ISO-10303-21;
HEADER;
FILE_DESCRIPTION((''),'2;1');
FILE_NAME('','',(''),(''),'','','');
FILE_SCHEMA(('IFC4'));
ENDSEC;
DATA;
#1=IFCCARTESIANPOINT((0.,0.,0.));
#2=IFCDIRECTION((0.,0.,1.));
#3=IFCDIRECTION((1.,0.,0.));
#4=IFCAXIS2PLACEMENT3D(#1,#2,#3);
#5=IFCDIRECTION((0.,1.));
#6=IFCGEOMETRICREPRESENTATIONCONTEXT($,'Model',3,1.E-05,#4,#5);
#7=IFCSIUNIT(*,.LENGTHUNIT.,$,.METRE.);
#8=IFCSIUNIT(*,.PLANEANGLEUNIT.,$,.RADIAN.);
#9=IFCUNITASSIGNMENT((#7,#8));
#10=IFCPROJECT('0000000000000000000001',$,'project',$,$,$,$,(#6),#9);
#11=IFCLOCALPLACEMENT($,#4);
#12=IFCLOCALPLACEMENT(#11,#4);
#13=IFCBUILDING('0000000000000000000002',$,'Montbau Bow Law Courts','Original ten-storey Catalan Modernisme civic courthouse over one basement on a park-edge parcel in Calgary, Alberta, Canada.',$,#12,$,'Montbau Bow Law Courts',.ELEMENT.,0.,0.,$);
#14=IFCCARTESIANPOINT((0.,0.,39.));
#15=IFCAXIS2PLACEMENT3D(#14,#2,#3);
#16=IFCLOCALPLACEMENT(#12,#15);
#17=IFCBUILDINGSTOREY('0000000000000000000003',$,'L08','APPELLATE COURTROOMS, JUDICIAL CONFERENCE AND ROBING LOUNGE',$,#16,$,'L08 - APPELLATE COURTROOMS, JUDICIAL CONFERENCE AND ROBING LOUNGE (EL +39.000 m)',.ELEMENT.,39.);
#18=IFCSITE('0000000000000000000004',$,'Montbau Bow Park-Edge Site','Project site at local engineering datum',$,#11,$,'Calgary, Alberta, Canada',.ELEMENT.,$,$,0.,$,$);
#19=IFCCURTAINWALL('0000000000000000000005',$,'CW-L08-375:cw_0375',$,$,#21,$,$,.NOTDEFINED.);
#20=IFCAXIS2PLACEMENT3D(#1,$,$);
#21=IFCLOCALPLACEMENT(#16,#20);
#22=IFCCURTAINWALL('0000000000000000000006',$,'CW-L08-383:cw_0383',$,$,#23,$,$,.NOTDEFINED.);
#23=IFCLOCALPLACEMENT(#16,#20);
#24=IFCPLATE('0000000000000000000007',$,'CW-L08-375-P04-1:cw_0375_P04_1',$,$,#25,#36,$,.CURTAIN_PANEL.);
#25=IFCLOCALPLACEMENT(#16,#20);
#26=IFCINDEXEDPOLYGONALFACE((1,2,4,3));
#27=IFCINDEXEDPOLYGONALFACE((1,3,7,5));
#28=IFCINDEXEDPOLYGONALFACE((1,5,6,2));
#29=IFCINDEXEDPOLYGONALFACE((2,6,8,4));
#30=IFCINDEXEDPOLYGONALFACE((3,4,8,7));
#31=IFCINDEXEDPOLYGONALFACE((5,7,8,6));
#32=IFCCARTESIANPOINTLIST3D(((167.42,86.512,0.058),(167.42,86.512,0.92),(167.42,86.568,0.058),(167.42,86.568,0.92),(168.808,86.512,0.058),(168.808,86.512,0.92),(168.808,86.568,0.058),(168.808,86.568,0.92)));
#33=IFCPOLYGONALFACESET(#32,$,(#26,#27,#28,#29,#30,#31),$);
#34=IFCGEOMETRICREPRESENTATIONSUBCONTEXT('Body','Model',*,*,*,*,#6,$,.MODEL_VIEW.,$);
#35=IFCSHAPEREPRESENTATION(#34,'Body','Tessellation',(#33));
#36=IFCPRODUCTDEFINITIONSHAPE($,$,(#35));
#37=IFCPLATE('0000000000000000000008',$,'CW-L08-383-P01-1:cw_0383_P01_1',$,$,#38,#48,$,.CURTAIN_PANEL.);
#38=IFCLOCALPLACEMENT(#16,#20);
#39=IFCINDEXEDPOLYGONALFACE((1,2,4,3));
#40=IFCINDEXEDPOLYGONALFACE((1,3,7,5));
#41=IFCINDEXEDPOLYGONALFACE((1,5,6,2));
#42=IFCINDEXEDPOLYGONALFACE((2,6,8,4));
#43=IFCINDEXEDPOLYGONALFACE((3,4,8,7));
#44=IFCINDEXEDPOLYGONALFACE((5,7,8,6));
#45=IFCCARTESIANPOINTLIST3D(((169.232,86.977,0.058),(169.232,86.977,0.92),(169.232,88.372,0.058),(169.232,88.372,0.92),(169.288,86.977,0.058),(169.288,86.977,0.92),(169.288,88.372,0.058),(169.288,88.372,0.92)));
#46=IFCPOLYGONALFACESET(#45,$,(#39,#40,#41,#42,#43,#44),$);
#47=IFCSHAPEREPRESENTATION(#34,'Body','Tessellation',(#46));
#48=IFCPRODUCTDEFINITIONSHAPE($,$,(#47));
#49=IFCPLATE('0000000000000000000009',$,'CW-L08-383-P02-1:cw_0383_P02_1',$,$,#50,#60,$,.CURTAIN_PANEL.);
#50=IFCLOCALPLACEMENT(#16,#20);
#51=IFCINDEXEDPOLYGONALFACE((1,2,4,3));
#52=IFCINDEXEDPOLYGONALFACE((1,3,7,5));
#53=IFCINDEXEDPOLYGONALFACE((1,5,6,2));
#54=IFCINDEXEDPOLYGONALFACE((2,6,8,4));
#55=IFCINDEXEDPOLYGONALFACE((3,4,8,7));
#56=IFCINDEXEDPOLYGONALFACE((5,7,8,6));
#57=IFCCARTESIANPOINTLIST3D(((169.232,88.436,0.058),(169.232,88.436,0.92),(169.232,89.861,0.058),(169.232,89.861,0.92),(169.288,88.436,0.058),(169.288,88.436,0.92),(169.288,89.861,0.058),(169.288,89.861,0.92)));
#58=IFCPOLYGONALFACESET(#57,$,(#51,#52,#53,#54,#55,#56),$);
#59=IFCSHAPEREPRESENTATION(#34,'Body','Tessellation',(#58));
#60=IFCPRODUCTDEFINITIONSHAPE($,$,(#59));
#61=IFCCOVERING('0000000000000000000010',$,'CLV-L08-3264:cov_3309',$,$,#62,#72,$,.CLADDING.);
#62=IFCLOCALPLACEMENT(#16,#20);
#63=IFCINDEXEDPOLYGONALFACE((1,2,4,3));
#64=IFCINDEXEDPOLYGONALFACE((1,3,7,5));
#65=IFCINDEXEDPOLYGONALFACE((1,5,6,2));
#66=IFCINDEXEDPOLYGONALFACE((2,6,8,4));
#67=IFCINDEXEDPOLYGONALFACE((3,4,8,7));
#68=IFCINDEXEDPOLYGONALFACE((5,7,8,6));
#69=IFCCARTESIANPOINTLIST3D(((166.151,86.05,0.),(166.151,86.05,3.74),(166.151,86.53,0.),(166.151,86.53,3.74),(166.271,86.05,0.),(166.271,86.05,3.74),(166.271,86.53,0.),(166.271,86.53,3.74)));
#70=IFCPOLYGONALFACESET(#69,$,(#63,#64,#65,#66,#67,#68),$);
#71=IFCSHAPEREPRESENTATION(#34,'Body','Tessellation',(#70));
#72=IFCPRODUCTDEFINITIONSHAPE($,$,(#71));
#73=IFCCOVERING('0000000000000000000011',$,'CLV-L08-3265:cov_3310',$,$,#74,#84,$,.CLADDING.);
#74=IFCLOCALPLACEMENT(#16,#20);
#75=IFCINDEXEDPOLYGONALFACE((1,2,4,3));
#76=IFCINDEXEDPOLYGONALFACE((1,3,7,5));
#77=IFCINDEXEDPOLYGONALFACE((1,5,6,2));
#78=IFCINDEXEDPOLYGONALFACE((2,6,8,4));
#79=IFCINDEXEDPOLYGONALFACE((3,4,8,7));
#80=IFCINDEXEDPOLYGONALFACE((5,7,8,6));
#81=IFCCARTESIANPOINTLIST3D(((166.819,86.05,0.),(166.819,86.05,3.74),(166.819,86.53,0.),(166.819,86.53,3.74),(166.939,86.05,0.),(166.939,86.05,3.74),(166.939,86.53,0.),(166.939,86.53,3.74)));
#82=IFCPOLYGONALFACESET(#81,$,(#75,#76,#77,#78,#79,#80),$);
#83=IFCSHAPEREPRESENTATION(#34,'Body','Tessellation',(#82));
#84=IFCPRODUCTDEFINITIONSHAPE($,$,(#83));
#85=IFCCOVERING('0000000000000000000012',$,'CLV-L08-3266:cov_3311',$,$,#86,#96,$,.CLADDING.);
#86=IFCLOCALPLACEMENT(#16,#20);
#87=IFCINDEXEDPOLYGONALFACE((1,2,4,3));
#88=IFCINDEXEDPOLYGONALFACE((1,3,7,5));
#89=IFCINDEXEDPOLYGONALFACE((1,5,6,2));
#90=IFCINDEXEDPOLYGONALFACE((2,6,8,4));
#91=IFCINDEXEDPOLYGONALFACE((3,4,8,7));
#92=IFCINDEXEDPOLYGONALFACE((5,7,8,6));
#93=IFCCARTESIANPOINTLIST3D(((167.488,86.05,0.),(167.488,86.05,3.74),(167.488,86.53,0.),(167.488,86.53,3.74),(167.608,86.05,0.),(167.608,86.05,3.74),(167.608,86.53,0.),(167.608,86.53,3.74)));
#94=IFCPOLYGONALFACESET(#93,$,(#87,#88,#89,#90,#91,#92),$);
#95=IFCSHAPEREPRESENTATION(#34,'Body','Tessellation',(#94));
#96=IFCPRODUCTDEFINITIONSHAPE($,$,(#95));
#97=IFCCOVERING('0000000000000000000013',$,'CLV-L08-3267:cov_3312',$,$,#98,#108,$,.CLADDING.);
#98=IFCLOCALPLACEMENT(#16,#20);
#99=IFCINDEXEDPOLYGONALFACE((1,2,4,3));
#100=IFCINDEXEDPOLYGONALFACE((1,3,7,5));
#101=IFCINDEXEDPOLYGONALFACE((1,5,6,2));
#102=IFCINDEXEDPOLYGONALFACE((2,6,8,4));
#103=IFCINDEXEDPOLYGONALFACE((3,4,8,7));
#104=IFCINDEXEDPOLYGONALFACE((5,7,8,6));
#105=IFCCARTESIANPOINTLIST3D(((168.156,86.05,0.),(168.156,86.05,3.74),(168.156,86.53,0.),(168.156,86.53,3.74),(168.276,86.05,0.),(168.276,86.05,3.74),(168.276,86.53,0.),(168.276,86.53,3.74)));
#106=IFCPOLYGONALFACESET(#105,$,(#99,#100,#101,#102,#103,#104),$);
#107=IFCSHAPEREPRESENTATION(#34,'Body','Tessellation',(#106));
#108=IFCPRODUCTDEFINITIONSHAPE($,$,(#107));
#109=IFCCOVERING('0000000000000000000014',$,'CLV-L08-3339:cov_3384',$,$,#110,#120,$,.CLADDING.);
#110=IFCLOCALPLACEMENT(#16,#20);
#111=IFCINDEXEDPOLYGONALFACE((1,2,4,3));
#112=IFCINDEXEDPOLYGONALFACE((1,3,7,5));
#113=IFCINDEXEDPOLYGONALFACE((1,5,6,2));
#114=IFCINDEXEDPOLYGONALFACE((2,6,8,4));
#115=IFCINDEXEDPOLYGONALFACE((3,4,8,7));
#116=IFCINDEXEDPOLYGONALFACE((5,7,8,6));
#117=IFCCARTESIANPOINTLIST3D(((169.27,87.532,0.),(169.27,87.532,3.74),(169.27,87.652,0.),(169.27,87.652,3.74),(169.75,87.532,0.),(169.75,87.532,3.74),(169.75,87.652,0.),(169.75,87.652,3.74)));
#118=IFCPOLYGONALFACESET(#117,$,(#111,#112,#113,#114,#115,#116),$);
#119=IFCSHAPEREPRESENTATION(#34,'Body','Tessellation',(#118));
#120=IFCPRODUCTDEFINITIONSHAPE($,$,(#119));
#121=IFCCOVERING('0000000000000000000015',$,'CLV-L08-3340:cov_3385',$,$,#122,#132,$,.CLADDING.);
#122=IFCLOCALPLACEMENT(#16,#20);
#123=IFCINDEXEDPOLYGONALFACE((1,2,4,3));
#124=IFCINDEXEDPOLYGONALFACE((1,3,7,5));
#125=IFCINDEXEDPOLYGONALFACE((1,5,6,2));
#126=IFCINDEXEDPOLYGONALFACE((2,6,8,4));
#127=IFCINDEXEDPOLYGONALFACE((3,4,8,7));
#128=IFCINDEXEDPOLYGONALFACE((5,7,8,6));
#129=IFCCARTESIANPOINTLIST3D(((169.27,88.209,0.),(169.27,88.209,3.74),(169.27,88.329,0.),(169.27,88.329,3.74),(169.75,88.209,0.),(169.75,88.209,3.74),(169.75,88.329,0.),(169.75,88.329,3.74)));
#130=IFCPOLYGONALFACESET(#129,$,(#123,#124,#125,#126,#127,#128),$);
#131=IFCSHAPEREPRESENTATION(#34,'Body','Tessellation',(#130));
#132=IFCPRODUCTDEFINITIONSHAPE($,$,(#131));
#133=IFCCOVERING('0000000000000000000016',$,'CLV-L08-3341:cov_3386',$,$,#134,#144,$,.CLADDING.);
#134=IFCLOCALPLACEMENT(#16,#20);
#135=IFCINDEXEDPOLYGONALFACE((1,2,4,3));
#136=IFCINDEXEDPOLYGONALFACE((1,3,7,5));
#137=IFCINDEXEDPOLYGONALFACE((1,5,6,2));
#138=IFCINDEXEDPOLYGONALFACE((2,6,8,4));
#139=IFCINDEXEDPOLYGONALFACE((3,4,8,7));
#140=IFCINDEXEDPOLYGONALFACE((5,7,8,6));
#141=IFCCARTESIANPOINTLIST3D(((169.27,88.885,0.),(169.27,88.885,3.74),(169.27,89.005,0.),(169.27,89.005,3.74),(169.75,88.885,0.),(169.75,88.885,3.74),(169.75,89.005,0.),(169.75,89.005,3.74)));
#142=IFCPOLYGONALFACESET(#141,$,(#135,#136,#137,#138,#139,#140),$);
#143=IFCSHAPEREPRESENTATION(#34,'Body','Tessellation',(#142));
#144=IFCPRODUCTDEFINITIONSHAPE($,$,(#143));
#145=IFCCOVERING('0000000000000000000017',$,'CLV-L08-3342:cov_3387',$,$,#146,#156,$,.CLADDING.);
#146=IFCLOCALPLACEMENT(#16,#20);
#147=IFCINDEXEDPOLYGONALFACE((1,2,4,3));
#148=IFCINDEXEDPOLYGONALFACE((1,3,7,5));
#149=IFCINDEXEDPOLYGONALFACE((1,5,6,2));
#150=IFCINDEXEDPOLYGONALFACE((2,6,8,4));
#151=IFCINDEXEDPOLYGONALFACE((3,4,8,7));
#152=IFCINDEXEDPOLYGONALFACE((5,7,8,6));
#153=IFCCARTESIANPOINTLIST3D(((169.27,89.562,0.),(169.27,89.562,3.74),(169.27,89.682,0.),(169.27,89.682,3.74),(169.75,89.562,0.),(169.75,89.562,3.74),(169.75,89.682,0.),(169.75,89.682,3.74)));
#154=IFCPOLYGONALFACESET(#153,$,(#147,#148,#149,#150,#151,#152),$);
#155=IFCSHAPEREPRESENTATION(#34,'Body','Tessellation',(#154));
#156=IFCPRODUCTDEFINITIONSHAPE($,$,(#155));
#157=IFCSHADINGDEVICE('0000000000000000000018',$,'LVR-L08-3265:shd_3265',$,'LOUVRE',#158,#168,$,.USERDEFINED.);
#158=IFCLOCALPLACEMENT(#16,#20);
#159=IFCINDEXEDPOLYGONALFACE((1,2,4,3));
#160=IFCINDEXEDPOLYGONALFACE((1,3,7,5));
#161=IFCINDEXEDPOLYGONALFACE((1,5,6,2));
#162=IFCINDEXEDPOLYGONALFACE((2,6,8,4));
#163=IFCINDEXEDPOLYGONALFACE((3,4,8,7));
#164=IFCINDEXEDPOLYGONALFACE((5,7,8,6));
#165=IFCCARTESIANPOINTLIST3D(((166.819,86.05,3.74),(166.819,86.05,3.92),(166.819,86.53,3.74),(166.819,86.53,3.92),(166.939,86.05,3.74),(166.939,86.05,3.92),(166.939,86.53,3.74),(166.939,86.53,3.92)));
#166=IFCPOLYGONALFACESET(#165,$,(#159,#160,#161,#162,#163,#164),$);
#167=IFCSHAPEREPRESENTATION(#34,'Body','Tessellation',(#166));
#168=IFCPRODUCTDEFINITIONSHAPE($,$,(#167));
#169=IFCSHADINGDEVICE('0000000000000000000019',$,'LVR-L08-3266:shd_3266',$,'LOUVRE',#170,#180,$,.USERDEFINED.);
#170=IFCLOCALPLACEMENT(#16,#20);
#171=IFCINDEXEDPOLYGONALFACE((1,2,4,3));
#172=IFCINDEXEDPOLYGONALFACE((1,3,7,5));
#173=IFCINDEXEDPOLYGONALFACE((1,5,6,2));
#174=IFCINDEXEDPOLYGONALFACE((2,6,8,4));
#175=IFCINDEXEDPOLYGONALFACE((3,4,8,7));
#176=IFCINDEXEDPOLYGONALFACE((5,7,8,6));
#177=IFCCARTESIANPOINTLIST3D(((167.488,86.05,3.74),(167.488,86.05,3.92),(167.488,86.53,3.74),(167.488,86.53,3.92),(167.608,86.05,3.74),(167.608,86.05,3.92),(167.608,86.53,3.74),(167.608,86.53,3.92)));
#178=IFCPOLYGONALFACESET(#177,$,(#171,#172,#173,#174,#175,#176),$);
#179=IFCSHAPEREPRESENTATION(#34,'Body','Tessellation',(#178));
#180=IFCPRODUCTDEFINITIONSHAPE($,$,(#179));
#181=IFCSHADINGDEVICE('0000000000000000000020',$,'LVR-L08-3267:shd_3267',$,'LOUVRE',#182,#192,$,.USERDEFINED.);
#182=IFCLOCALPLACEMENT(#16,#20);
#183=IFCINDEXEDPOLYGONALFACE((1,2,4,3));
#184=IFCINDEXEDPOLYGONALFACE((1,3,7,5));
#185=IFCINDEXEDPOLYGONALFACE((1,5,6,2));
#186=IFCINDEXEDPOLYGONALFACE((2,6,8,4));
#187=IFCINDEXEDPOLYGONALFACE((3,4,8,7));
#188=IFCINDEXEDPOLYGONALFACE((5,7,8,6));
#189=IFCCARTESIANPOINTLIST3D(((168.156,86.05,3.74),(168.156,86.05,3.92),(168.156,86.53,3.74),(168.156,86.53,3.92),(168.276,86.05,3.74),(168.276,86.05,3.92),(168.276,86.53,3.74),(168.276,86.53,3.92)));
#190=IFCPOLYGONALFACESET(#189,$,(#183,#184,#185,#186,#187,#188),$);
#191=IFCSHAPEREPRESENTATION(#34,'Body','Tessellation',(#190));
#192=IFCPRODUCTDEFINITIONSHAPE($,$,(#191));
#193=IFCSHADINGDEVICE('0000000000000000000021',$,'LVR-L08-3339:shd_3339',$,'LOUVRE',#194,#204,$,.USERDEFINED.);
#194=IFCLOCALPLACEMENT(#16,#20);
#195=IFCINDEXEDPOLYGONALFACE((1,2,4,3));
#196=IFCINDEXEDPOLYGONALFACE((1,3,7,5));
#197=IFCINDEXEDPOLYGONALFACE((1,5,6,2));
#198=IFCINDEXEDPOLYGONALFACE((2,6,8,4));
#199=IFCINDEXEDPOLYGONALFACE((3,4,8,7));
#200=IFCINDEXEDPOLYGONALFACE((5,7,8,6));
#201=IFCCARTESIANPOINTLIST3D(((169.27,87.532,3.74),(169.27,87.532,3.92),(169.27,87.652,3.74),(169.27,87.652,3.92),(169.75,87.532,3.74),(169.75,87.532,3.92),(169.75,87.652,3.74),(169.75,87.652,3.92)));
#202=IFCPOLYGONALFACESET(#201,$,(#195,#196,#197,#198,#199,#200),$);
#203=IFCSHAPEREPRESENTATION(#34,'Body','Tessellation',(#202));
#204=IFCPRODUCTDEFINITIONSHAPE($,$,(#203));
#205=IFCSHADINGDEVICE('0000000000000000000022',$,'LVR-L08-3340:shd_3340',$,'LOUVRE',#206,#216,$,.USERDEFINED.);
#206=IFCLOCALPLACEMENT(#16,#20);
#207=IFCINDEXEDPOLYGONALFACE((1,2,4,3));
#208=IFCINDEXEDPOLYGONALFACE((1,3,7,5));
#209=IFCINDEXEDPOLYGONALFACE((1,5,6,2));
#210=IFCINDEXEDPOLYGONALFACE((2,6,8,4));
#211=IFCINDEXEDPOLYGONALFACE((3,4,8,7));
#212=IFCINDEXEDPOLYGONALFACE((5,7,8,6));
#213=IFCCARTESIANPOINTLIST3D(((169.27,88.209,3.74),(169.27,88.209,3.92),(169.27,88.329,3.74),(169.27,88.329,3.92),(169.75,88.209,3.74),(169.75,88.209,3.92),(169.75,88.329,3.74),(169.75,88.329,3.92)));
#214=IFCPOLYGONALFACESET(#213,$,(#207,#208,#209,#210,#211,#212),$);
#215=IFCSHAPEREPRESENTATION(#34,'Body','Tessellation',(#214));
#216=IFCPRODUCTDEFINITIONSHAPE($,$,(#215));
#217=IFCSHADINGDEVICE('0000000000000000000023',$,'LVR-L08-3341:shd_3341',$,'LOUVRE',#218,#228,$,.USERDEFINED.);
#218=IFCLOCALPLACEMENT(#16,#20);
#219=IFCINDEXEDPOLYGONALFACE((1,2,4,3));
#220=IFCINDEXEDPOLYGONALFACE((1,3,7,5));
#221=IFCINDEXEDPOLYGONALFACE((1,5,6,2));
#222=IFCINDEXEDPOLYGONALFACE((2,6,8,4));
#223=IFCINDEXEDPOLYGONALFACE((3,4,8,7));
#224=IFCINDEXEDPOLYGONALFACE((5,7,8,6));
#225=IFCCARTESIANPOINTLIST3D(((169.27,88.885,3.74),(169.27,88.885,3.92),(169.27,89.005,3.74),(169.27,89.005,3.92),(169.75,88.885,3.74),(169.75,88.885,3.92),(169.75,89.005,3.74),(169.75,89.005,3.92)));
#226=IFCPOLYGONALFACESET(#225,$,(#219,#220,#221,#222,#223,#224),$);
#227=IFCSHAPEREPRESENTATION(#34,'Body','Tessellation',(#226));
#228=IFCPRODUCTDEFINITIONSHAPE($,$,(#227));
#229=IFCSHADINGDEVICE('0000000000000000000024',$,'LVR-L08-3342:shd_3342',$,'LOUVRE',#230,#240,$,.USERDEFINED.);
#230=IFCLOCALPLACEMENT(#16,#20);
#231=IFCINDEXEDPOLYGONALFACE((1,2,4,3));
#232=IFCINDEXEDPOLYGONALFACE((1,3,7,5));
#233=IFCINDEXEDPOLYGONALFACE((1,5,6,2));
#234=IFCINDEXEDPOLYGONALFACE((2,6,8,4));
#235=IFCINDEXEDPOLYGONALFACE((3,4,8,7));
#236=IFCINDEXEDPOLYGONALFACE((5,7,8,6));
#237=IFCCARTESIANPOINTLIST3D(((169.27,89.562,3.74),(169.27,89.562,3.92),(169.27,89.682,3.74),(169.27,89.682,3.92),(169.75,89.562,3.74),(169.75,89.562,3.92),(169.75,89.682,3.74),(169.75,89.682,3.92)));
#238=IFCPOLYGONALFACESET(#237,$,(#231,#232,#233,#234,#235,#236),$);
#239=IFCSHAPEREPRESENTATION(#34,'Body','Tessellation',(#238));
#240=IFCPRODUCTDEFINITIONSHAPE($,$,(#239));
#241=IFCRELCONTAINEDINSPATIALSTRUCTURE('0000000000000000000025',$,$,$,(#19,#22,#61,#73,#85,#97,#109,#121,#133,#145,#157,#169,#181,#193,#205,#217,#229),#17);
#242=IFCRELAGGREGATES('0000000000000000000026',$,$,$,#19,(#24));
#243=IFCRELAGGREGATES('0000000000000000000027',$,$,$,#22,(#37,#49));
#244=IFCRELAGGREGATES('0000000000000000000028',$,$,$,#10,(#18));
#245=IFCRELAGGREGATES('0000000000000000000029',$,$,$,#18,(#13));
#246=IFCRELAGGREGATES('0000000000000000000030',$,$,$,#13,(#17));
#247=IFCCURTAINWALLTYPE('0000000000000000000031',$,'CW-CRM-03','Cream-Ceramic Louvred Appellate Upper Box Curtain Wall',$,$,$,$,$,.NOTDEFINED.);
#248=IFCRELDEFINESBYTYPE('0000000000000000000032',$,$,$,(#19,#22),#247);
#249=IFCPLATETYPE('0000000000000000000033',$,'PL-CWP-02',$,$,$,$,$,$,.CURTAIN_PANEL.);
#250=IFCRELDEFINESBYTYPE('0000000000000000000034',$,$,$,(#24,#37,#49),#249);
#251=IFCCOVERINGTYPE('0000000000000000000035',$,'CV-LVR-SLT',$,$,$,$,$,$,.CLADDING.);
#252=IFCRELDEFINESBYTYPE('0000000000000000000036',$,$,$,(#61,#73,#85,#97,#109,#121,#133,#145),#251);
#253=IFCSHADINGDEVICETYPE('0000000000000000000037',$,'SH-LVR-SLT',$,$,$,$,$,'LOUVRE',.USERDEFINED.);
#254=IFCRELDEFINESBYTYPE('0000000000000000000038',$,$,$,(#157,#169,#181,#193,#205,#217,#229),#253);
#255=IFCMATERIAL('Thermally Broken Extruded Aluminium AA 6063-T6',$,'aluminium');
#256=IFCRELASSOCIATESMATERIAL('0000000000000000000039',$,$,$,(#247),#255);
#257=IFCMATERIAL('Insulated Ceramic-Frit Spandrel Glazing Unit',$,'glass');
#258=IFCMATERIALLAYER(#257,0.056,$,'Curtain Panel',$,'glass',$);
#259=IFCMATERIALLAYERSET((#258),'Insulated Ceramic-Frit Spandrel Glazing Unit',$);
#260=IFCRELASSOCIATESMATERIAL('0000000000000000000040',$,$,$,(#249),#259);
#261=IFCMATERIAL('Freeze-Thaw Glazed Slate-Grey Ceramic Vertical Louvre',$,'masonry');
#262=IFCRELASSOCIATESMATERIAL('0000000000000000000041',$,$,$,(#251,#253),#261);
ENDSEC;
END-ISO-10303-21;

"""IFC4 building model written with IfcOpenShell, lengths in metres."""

from ifc_helpers import new_model, si_unit, direction, frame, frame_2d, origin_with_axes, origin_2d_with_axis, place, context, subcontext, project, spatial, rectangle, extrude, material, layer, layer_set, type_object, element, aggregate, save


model = new_model("IFC4")

# Units and contexts
model_context = context("Model", 3, precision=1e-05, world=origin_with_axes(), true_north=direction((0.0, 1.0)))
body_context = subcontext(model_context, "Body", "Model", "MODEL_VIEW")
ifc_project = project(units=[si_unit("LENGTHUNIT", "METRE"), si_unit("PLANEANGLEUNIT", "RADIAN")], contexts=[model_context])

# Site, building, storey
site_placement = place(None, origin_with_axes())
site = spatial("IfcSite", under=ifc_project, at=site_placement, Name="Montbau Bow Park-Edge Site", Description="Project site at local engineering datum", LongName="Calgary, Alberta, Canada", CompositionType="ELEMENT", RefElevation=0.0)
building_placement = place(site_placement, origin_with_axes())
building = spatial("IfcBuilding", under=site, at=building_placement, Name="Montbau Bow Law Courts", Description="Original ten-storey Catalan Modernisme civic courthouse over one basement on a park-edge parcel in Calgary, Alberta, Canada.", LongName="Montbau Bow Law Courts", CompositionType="ELEMENT", ElevationOfRefHeight=0.0, ElevationOfTerrain=0.0)
storey_placement = place(building_placement, frame((0.0, 0.0, 39.0), z_axis=(0.0, 0.0, 1.0), x_axis=(1.0, 0.0, 0.0)))
storey = spatial("IfcBuildingStorey", under=building, at=storey_placement, Name="L08", Description="APPELLATE COURTROOMS, JUDICIAL CONFERENCE AND ROBING LOUNGE", LongName="L08 - APPELLATE COURTROOMS, JUDICIAL CONFERENCE AND ROBING LOUNGE (EL +39.000 m)", CompositionType="ELEMENT", Elevation=39.0)

# Curtain walls
ifc_material_1 = material(Name="Thermally Broken Extruded Aluminium AA 6063-T6", Category="aluminium")
curtain_wall_type = type_object("IfcCurtainWallType", Name="CW-CRM-03", Description="Cream-Ceramic Louvred Appellate Upper Box Curtain Wall", PredefinedType="NOTDEFINED", material=ifc_material_1)
curtain_wall_1_placement = place(None, frame((162.868, 86.54, 39.0), z_axis=(0.0, 0.0, 1.0), x_axis=(1.0, 0.0, 0.0)))
curtain_wall_1 = element("IfcCurtainWall", 1, at=curtain_wall_1_placement, inside=storey, type_object=curtain_wall_type, Name="CW-L08-375:cw_0375", PredefinedType="NOTDEFINED")
curtain_wall_2_placement = place(None, frame((169.26, 86.915, 39.0), z_axis=(0.0, 0.0, 1.0), x_axis=(1.0, 0.0, 0.0)))
curtain_wall_2 = element("IfcCurtainWall", 2, at=curtain_wall_2_placement, inside=storey, type_object=curtain_wall_type, Name="CW-L08-383:cw_0383", PredefinedType="NOTDEFINED")

# Plates
ifc_material_2 = material(Name="Insulated Ceramic-Frit Spandrel Glazing Unit", Category="glass")
ifc_layer_1 = layer(ifc_material_2, 0.056, Name="Curtain Panel", Category="glass")
ifc_layer_set_1 = layer_set([ifc_layer_1], Name="Insulated Ceramic-Frit Spandrel Glazing Unit")
plate_type_1 = type_object("IfcPlateType", Name="PL-CWP-02", PredefinedType="CURTAIN_PANEL", material=ifc_layer_set_1)
plate_1_placement = place(None, frame((167.42, 86.54, 39.058), z_axis=(0.0, -1.0, 0.0), x_axis=(1.0, 0.0, 0.0)))
plate_1 = element("IfcPlate", 3, at=plate_1_placement, type_object=plate_type_1, Name="CW-L08-375-P04-1:cw_0375_P04_1", PredefinedType="CURTAIN_PANEL", context=body_context, shape_type="SweptSolid", body=[
    extrude(rectangle(XDim=1.388, YDim=0.862, at=frame_2d((0.694, 0.431), x_axis=(1.0, 0.0))), frame((0.0, 0.0, -0.028), z_axis=(0.0, 0.0, 1.0), x_axis=(1.0, 0.0, 0.0)), (0.0, 0.0, 1.0), 0.056),
])
aggregate(curtain_wall_1, [plate_1])
plate_2_placement = place(None, frame((169.26, 86.977, 39.058), z_axis=(1.0, 0.0, 0.0), x_axis=(0.0, 1.0, 0.0)))
plate_2 = element("IfcPlate", 4, at=plate_2_placement, type_object=plate_type_1, Name="CW-L08-383-P01-1:cw_0383_P01_1", PredefinedType="CURTAIN_PANEL", context=body_context, shape_type="SweptSolid", body=[
    extrude(rectangle(XDim=1.395, YDim=0.862, at=frame_2d((0.6975, 0.431), x_axis=(1.0, 0.0))), frame((0.0, 0.0, -0.028), z_axis=(0.0, 0.0, 1.0), x_axis=(1.0, 0.0, 0.0)), (0.0, 0.0, 1.0), 0.056),
])
plate_3_placement = place(None, frame((169.26, 88.436, 39.058), z_axis=(1.0, 0.0, 0.0), x_axis=(0.0, 1.0, 0.0)))
plate_3 = element("IfcPlate", 5, at=plate_3_placement, type_object=plate_type_1, Name="CW-L08-383-P02-1:cw_0383_P02_1", PredefinedType="CURTAIN_PANEL", context=body_context, shape_type="SweptSolid", body=[
    extrude(rectangle(XDim=1.425, YDim=0.862, at=frame_2d((0.7125, 0.431), x_axis=(1.0, 0.0))), frame((0.0, 0.0, -0.028), z_axis=(0.0, 0.0, 1.0), x_axis=(1.0, 0.0, 0.0)), (0.0, 0.0, 1.0), 0.056),
])
aggregate(curtain_wall_2, [plate_2, plate_3])

# Coverings
ifc_material_3 = material(Name="Freeze-Thaw Glazed Slate-Grey Ceramic Vertical Louvre", Category="masonry")
covering_type = type_object("IfcCoveringType", Name="CV-LVR-SLT", PredefinedType="CLADDING", material=ifc_material_3)
for number, where, z_axis, x_axis, name in (
    (6, (166.211, 86.53, 39.0), (-1.0, 0.0, 0.0), (0.0, -1.0, 0.0), "CLV-L08-3264:cov_3309"),
    (7, (166.879, 86.53, 39.0), (-1.0, 0.0, 0.0), (0.0, -1.0, 0.0), "CLV-L08-3265:cov_3310"),
    (8, (167.548, 86.53, 39.0), (-1.0, 0.0, 0.0), (0.0, -1.0, 0.0), "CLV-L08-3266:cov_3311"),
    (9, (168.216, 86.53, 39.0), (-1.0, 0.0, 0.0), (0.0, -1.0, 0.0), "CLV-L08-3267:cov_3312"),
    (10, (169.27, 87.592, 39.0), (0.0, -1.0, 0.0), (1.0, 0.0, 0.0), "CLV-L08-3339:cov_3384"),
    (11, (169.27, 88.269, 39.0), (0.0, -1.0, 0.0), (1.0, 0.0, 0.0), "CLV-L08-3340:cov_3385"),
    (12, (169.27, 88.945, 39.0), (0.0, -1.0, 0.0), (1.0, 0.0, 0.0), "CLV-L08-3341:cov_3386"),
    (13, (169.27, 89.622, 39.0), (0.0, -1.0, 0.0), (1.0, 0.0, 0.0), "CLV-L08-3342:cov_3387"),
):
    element("IfcCovering", number, at=place(None, frame(where, z_axis=z_axis, x_axis=x_axis)), inside=storey, type_object=covering_type, Name=name, PredefinedType="CLADDING", context=body_context, shape_type="SweptSolid", body=[
        extrude(rectangle(XDim=0.48, YDim=3.74, at=frame_2d((0.24, 1.87), x_axis=(1.0, 0.0))), frame((0.0, 0.0, -0.06), z_axis=(0.0, 0.0, 1.0), x_axis=(1.0, 0.0, 0.0)), (0.0, 0.0, 1.0), 0.12),
    ])

# Shading devices
shading_device_type = type_object("IfcShadingDeviceType", Name="SH-LVR-SLT", ElementType="LOUVRE", PredefinedType="USERDEFINED", material=ifc_material_3)
for number, where, z_axis, x_axis, name in (
    (14, (166.879, 86.29, 42.74), (0.0, 0.0, 1.0), (0.0, -1.0, 0.0), "LVR-L08-3265:shd_3265"),
    (15, (167.548, 86.29, 42.74), (0.0, 0.0, 1.0), (0.0, -1.0, 0.0), "LVR-L08-3266:shd_3266"),
    (16, (168.216, 86.29, 42.74), (0.0, 0.0, 1.0), (0.0, -1.0, 0.0), "LVR-L08-3267:shd_3267"),
    (17, (169.51, 87.592, 42.74), (0.0, 0.0, 1.0), (1.0, 0.0, 0.0), "LVR-L08-3339:shd_3339"),
    (18, (169.51, 88.269, 42.74), (0.0, 0.0, 1.0), (1.0, 0.0, 0.0), "LVR-L08-3340:shd_3340"),
    (19, (169.51, 88.945, 42.74), (0.0, 0.0, 1.0), (1.0, 0.0, 0.0), "LVR-L08-3341:shd_3341"),
    (20, (169.51, 89.622, 42.74), (0.0, 0.0, 1.0), (1.0, 0.0, 0.0), "LVR-L08-3342:shd_3342"),
):
    element("IfcShadingDevice", number, at=place(None, frame(where, z_axis=z_axis, x_axis=x_axis)), inside=storey, type_object=shading_device_type, Name=name, ObjectType="LOUVRE", PredefinedType="USERDEFINED", context=body_context, shape_type="SweptSolid", body=[
        extrude(rectangle(XDim=0.48, YDim=0.12, at=origin_2d_with_axis()), origin_with_axes(), (0.0, 0.0, 1.0), 0.18),
    ])

save(model, "model.ifc")
